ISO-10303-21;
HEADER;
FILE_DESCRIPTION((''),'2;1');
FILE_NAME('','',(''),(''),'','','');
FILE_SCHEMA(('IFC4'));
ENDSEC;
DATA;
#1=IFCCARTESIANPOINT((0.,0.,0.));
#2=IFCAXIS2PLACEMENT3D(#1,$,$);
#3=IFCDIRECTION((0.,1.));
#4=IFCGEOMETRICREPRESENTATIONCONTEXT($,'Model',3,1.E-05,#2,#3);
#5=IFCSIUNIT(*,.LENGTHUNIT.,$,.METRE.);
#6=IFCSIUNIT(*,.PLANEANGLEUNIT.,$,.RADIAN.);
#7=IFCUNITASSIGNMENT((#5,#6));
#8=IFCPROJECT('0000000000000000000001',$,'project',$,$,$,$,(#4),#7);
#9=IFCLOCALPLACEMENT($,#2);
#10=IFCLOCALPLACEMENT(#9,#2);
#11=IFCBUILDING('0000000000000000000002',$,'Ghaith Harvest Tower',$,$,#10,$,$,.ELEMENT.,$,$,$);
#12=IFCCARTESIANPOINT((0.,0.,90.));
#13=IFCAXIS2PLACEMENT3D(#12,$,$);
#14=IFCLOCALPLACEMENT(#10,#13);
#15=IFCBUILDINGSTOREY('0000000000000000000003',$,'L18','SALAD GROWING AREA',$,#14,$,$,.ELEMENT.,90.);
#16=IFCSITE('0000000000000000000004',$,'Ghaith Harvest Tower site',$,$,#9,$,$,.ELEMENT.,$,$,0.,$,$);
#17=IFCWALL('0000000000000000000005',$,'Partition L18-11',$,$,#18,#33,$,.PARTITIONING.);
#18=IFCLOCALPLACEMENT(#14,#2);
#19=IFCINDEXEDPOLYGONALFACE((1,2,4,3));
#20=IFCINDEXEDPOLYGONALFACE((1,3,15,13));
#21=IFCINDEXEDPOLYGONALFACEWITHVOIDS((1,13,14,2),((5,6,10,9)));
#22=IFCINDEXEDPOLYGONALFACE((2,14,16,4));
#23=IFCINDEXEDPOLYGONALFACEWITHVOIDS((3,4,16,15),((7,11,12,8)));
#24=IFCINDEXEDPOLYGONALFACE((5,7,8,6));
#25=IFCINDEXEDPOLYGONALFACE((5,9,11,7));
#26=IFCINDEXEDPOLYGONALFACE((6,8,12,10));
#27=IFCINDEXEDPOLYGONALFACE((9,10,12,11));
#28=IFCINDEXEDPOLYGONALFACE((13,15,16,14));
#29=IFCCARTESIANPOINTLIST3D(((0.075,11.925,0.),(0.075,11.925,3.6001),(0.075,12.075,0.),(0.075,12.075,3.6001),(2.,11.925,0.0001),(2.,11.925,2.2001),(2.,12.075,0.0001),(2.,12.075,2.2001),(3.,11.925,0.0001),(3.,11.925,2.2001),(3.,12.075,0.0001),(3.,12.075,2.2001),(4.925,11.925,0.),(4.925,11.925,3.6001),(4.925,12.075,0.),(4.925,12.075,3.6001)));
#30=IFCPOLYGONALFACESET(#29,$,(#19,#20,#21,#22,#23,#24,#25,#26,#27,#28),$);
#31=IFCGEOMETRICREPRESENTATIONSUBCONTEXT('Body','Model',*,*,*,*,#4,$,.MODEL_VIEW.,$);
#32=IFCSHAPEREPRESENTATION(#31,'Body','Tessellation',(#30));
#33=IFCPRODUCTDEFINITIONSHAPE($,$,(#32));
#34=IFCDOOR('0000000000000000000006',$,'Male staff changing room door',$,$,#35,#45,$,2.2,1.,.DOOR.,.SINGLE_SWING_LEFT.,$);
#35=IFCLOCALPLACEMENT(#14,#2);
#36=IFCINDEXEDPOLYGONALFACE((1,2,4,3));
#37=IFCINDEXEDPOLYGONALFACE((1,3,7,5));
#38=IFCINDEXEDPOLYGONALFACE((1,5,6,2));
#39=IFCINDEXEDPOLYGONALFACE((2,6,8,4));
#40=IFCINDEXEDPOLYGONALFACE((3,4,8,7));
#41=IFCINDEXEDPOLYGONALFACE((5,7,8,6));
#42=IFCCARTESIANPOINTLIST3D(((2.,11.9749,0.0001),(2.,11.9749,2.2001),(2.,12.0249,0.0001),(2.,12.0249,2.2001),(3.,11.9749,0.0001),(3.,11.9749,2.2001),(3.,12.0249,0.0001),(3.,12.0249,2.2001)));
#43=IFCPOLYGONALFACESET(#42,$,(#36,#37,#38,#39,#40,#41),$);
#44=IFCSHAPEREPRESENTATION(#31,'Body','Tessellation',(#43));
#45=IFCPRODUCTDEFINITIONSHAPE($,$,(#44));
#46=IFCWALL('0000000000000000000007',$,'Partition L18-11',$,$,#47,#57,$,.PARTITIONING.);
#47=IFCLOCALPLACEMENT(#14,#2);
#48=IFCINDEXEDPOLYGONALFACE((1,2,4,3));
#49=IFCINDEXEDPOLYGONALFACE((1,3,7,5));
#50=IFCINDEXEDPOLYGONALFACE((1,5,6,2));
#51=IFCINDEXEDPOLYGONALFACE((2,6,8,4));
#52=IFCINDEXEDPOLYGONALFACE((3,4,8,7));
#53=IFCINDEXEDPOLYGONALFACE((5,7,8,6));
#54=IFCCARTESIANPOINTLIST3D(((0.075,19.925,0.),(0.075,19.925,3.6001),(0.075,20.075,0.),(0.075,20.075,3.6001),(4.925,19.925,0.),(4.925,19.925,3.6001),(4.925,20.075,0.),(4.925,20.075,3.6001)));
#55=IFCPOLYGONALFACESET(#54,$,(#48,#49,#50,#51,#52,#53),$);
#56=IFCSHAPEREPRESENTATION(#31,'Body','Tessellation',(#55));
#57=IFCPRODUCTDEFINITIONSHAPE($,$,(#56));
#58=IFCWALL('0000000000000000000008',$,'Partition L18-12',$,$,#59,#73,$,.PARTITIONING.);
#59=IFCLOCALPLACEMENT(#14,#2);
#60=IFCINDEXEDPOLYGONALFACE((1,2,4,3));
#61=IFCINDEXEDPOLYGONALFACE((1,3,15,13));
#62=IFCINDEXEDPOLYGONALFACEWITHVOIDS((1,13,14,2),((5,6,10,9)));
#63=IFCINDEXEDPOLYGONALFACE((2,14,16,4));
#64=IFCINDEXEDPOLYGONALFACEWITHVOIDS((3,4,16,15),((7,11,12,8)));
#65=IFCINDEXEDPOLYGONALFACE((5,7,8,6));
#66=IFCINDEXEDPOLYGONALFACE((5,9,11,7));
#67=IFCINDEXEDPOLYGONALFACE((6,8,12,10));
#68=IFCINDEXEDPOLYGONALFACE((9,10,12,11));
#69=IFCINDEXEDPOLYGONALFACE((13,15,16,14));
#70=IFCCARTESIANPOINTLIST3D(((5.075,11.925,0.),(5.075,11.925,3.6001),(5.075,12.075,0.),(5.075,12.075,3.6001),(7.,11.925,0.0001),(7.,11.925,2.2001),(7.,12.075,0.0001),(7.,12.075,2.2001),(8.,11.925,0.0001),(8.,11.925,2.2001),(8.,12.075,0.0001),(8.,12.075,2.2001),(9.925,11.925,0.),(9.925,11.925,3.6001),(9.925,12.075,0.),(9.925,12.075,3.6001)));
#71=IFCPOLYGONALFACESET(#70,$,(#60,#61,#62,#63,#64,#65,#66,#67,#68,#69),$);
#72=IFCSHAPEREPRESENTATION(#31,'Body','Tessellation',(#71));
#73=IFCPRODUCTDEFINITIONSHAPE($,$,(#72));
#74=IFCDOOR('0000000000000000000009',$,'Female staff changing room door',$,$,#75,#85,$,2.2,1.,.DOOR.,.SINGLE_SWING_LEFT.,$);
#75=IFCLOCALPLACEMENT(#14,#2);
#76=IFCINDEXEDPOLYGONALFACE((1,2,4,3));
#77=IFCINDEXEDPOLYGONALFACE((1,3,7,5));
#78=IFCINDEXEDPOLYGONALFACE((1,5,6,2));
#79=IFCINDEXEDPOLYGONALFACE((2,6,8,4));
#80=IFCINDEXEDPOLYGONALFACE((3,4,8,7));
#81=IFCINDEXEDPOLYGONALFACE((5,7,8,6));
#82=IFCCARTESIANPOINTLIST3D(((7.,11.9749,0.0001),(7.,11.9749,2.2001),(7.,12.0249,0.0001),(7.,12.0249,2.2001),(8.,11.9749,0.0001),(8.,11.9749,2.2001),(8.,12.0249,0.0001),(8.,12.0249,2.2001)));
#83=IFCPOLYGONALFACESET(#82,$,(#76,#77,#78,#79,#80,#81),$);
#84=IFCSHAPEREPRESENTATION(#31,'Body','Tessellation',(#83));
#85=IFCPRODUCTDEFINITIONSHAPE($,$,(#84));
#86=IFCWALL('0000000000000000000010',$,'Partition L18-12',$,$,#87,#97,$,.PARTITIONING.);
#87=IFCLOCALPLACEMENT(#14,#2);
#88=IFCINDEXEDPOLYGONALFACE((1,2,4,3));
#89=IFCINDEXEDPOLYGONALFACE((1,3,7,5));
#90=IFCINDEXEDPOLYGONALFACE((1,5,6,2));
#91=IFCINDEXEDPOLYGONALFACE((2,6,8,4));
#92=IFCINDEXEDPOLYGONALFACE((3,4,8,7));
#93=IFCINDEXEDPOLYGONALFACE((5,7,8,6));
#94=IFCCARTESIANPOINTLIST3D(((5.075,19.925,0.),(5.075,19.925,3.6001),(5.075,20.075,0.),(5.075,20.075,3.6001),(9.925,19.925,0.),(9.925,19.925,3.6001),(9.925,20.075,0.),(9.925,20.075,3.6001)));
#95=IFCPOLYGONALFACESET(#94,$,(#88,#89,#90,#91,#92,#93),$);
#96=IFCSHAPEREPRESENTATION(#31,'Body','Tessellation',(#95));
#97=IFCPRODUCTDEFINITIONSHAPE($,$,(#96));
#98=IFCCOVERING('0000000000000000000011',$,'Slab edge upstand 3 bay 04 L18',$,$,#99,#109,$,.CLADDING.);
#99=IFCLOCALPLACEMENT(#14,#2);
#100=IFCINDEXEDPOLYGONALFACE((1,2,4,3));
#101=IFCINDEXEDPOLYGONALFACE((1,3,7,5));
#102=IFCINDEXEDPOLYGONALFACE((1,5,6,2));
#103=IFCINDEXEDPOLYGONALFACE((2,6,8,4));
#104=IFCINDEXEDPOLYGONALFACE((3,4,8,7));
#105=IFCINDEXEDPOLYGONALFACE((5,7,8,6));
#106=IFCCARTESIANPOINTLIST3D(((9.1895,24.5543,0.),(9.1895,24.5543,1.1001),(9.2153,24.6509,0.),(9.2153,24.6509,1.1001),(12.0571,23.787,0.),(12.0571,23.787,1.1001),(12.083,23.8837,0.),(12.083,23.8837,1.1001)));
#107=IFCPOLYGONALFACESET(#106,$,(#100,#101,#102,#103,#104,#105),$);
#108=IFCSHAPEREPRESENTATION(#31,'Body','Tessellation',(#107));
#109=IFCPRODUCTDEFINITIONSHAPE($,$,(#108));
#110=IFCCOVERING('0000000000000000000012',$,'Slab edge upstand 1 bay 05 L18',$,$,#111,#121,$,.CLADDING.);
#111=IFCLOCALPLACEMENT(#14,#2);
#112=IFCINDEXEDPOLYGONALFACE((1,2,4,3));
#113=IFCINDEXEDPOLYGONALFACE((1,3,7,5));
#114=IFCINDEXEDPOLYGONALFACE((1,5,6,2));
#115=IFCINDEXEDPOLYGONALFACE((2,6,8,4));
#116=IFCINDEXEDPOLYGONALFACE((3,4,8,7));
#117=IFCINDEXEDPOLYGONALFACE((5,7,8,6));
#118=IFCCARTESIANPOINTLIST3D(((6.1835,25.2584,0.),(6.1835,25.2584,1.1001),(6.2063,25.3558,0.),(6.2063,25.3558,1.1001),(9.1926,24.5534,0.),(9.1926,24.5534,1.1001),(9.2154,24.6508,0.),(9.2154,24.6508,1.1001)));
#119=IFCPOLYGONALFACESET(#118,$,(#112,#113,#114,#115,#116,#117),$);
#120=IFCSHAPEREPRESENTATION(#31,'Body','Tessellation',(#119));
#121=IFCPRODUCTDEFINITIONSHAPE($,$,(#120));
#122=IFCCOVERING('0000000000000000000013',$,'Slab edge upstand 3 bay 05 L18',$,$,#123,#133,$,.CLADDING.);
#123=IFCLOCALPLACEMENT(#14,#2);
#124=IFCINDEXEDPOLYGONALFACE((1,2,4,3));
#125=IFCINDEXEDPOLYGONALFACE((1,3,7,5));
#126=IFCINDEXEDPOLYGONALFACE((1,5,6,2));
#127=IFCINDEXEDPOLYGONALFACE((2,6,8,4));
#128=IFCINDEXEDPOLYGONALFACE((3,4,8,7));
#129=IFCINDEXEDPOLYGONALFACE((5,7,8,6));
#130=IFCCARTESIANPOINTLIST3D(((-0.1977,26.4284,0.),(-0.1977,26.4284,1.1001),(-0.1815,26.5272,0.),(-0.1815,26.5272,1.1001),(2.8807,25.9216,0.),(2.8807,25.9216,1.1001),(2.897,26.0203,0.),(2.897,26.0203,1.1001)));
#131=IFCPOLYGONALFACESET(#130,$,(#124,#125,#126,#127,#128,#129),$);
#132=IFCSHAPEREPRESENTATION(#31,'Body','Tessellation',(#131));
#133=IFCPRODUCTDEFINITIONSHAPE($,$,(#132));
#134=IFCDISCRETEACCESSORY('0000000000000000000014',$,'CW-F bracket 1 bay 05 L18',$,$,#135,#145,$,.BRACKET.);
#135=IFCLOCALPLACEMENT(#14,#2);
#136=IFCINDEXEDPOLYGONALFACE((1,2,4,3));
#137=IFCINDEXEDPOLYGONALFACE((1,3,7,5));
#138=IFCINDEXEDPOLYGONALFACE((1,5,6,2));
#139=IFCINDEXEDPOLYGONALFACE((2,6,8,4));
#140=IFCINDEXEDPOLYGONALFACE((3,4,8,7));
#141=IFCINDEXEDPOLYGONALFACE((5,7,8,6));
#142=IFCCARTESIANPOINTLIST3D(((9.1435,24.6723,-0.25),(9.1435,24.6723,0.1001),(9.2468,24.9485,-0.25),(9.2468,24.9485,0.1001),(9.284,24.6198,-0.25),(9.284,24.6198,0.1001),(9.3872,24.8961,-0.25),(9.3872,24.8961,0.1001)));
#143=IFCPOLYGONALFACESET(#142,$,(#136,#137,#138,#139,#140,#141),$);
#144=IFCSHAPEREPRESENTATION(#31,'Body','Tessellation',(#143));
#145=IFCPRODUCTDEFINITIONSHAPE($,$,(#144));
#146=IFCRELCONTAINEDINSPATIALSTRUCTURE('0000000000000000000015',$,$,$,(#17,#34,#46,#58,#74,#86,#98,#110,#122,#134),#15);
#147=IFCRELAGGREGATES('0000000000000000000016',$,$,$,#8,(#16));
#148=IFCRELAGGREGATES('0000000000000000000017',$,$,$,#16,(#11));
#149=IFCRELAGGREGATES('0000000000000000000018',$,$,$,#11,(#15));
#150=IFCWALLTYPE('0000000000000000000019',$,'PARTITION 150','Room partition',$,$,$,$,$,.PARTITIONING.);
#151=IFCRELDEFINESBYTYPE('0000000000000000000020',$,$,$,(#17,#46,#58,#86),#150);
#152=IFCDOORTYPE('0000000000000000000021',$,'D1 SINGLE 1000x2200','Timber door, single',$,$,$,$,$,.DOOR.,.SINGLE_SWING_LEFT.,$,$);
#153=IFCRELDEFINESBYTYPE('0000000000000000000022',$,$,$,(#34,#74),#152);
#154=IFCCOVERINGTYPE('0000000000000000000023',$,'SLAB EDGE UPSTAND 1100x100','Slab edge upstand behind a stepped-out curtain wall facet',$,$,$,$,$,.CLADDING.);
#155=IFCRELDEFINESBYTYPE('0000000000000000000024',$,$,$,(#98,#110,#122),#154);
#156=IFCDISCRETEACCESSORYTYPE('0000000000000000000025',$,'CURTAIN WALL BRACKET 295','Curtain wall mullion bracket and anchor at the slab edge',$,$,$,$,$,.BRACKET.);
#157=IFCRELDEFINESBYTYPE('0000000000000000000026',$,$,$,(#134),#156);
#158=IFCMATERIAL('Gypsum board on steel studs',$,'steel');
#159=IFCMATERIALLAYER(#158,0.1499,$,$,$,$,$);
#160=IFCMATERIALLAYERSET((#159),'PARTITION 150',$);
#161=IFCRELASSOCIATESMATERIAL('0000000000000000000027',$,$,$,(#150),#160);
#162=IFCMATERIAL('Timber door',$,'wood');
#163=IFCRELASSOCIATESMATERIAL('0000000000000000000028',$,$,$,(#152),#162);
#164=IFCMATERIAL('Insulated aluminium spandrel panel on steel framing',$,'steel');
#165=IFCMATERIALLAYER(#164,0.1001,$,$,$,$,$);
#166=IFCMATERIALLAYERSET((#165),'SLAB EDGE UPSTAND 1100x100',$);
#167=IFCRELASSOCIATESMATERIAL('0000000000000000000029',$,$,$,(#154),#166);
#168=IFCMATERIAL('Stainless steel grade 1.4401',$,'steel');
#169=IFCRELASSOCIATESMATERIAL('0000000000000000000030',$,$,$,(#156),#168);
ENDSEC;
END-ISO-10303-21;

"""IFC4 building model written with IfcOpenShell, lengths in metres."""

from ifc_helpers import new_model, si_unit, direction, frame, frame_2d, origin, origin_2d, place, context, subcontext, project, spatial, rectangle, extrude, material, layer, layer_set, type_object, element, fill, save


model = new_model("IFC4")

# Units and contexts
model_context = context("Model", 3, precision=1e-05, world=origin(), true_north=direction((0.0, 1.0)))
body_context = subcontext(model_context, "Body", "Model", "MODEL_VIEW")
ifc_project = project(units=[si_unit("LENGTHUNIT", "METRE"), si_unit("PLANEANGLEUNIT", "RADIAN")], contexts=[model_context])

# Site, building, storey
site_placement = place(None, origin())
site = spatial("IfcSite", under=ifc_project, at=site_placement, Name="Ghaith Harvest Tower site", CompositionType="ELEMENT", RefElevation=0.0)
building_placement = place(site_placement, origin())
building = spatial("IfcBuilding", under=site, at=building_placement, Name="Ghaith Harvest Tower", CompositionType="ELEMENT")
storey_placement = place(building_placement, frame((0.0, 0.0, 90.0)))
storey = spatial("IfcBuildingStorey", under=building, at=storey_placement, Name="L18", Description="SALAD GROWING AREA", CompositionType="ELEMENT", Elevation=90.0)

# Shared definitions
ifc_material_1 = material(Name="Gypsum board on steel studs", Category="steel")
ifc_layer_1 = layer(ifc_material_1, 0.1499)
ifc_layer_set_1 = layer_set([ifc_layer_1], Name="PARTITION 150")
wall_type_1 = type_object("IfcWallType", Name="PARTITION 150", Description="Room partition", PredefinedType="PARTITIONING", material=ifc_layer_set_1)

# Wall, opening, door
wall_1_placement = place(storey_placement, frame((0.075, 12.0, 0.0), z_axis=(0.0, 0.0, 1.0), x_axis=(1.0, 0.0, 0.0)))
wall_1 = element("IfcWall", 1, at=wall_1_placement, inside=storey, type_object=wall_type_1, Name="Partition L18-11", PredefinedType="PARTITIONING", context=body_context, shape_type="SweptSolid", body=[
    extrude(rectangle(XDim=4.8501, YDim=0.1499, at=frame_2d((2.425, 0.0))), origin(), (0.0, 0.0, 1.0), 3.6001),
])
opening_1_placement = place(wall_1_placement, frame((1.925, 0.0, 0.0)))
opening_1 = element("IfcOpeningElement", 2, at=opening_1_placement, cuts=wall_1, PredefinedType="OPENING", context=body_context, shape_type="SweptSolid", body=[
    extrude(rectangle(XDim=1.0, YDim=2.2, at=frame_2d((0.5, 1.1001))), frame((0.0, 0.085, 0.0), z_axis=(0.0, -1.0, 0.0), x_axis=(1.0, 0.0, 0.0)), (0.0, 0.0, 1.0), 0.1699),
])
ifc_material_2 = material(Name="Timber door", Category="wood")
door_type_1 = type_object("IfcDoorType", Name="D1 SINGLE 1000x2200", Description="Timber door, single", OperationType="SINGLE_SWING_LEFT", PredefinedType="DOOR", material=ifc_material_2)
door_1_placement = place(opening_1_placement, origin())
door_1 = element("IfcDoor", 3, at=door_1_placement, inside=storey, type_object=door_type_1, Name="Male staff changing room door", OperationType="SINGLE_SWING_LEFT", OverallHeight=2.2, OverallWidth=1.0, PredefinedType="DOOR", context=body_context, shape_type="SweptSolid", body=[
    extrude(rectangle(XDim=1.0, YDim=2.2, at=frame_2d((0.5, 1.1001))), frame((0.0, 0.0249, 0.0), z_axis=(0.0, -1.0, 0.0), x_axis=(1.0, 0.0, 0.0)), (0.0, 0.0, 1.0), 0.05),
])
fill(opening_1, door_1)

# Wall
wall_2_placement = place(storey_placement, frame((0.075, 20.0, 0.0), z_axis=(0.0, 0.0, 1.0), x_axis=(1.0, 0.0, 0.0)))
element("IfcWall", 4, at=wall_2_placement, inside=storey, type_object=wall_type_1, Name="Partition L18-11", PredefinedType="PARTITIONING", context=body_context, shape_type="SweptSolid", body=[
    extrude(rectangle(XDim=4.8501, YDim=0.1499, at=frame_2d((2.425, 0.0))), origin(), (0.0, 0.0, 1.0), 3.6001),
])

# Wall, opening, door
wall_3_placement = place(storey_placement, frame((5.075, 12.0, 0.0), z_axis=(0.0, 0.0, 1.0), x_axis=(1.0, 0.0, 0.0)))
wall_3 = element("IfcWall", 5, at=wall_3_placement, inside=storey, type_object=wall_type_1, Name="Partition L18-12", PredefinedType="PARTITIONING", context=body_context, shape_type="SweptSolid", body=[
    extrude(rectangle(XDim=4.8501, YDim=0.1499, at=frame_2d((2.425, 0.0))), origin(), (0.0, 0.0, 1.0), 3.6001),
])
opening_2_placement = place(wall_3_placement, frame((1.925, 0.0, 0.0)))
opening_2 = element("IfcOpeningElement", 6, at=opening_2_placement, cuts=wall_3, PredefinedType="OPENING", context=body_context, shape_type="SweptSolid", body=[
    extrude(rectangle(XDim=1.0, YDim=2.2, at=frame_2d((0.5, 1.1001))), frame((0.0, 0.085, 0.0), z_axis=(0.0, -1.0, 0.0), x_axis=(1.0, 0.0, 0.0)), (0.0, 0.0, 1.0), 0.1699),
])
door_2_placement = place(opening_2_placement, origin())
door_2 = element("IfcDoor", 7, at=door_2_placement, inside=storey, type_object=door_type_1, Name="Female staff changing room door", OperationType="SINGLE_SWING_LEFT", OverallHeight=2.2, OverallWidth=1.0, PredefinedType="DOOR", context=body_context, shape_type="SweptSolid", body=[
    extrude(rectangle(XDim=1.0, YDim=2.2, at=frame_2d((0.5, 1.1001))), frame((0.0, 0.0249, 0.0), z_axis=(0.0, -1.0, 0.0), x_axis=(1.0, 0.0, 0.0)), (0.0, 0.0, 1.0), 0.05),
])
fill(opening_2, door_2)

# Wall
wall_4_placement = place(storey_placement, frame((5.075, 20.0, 0.0), z_axis=(0.0, 0.0, 1.0), x_axis=(1.0, 0.0, 0.0)))
element("IfcWall", 8, at=wall_4_placement, inside=storey, type_object=wall_type_1, Name="Partition L18-12", PredefinedType="PARTITIONING", context=body_context, shape_type="SweptSolid", body=[
    extrude(rectangle(XDim=4.8501, YDim=0.1499, at=frame_2d((2.425, 0.0))), origin(), (0.0, 0.0, 1.0), 3.6001),
])

# Coverings
ifc_material_3 = material(Name="Insulated aluminium spandrel panel on steel framing", Category="steel")
ifc_layer_2 = layer(ifc_material_3, 0.1001)
ifc_layer_set_2 = layer_set([ifc_layer_2], Name="SLAB EDGE UPSTAND 1100x100")
covering_type = type_object("IfcCoveringType", Name="SLAB EDGE UPSTAND 1100x100", Description="Slab edge upstand behind a stepped-out curtain wall facet", PredefinedType="CLADDING", material=ifc_layer_set_2)
covering_1_placement = place(storey_placement, frame((10.6362, 24.219, 0.0), z_axis=(0.0, 0.0, 1.0), x_axis=(-0.966024, 0.258451, 0.0)))
element("IfcCovering", 9, at=covering_1_placement, inside=storey, type_object=covering_type, Name="Slab edge upstand 3 bay 04 L18", PredefinedType="CLADDING", context=body_context, shape_type="SweptSolid", body=[
    extrude(rectangle(XDim=2.9685, YDim=0.1001, at=origin_2d()), origin(), (0.0, 0.0, 1.0), 1.1001),
])
covering_2_placement = place(storey_placement, frame((7.6995, 24.9546, 0.0), z_axis=(0.0, 0.0, 1.0), x_axis=(-0.973634, 0.228115, 0.0)))
element("IfcCovering", 10, at=covering_2_placement, inside=storey, type_object=covering_type, Name="Slab edge upstand 1 bay 05 L18", PredefinedType="CLADDING", context=body_context, shape_type="SweptSolid", body=[
    extrude(rectangle(XDim=3.0906, YDim=0.1001, at=origin_2d()), origin(), (0.0, 0.0, 1.0), 1.1001),
])
covering_3_placement = place(storey_placement, frame((1.3496, 26.2244, 0.0), z_axis=(0.0, 0.0, 1.0), x_axis=(-0.986716, 0.162453, 0.0)))
element("IfcCovering", 11, at=covering_3_placement, inside=storey, type_object=covering_type, Name="Slab edge upstand 3 bay 05 L18", PredefinedType="CLADDING", context=body_context, shape_type="SweptSolid", body=[
    extrude(rectangle(XDim=3.1199, YDim=0.1001, at=origin_2d()), origin(), (0.0, 0.0, 1.0), 1.1001),
])

# Discrete accessory
ifc_material_4 = material(Name="Stainless steel grade 1.4401", Category="steel")
discrete_accessory_type = type_object("IfcDiscreteAccessoryType", Name="CURTAIN WALL BRACKET 295", Description="Curtain wall mullion bracket and anchor at the slab edge", PredefinedType="BRACKET", material=ifc_material_4)
discrete_accessory_placement = place(storey_placement, frame((9.2654, 24.7842, -0.25), z_axis=(0.0, 0.0, 1.0), x_axis=(0.350168, 0.936687, 0.0)))
element("IfcDiscreteAccessory", 12, at=discrete_accessory_placement, inside=storey, type_object=discrete_accessory_type, Name="CW-F bracket 1 bay 05 L18", PredefinedType="BRACKET", context=body_context, shape_type="SweptSolid", body=[
    extrude(rectangle(XDim=0.2949, YDim=0.1499, at=origin_2d()), origin(), (0.0, 0.0, 1.0), 0.3501),
])

save(model, "model.ifc")
